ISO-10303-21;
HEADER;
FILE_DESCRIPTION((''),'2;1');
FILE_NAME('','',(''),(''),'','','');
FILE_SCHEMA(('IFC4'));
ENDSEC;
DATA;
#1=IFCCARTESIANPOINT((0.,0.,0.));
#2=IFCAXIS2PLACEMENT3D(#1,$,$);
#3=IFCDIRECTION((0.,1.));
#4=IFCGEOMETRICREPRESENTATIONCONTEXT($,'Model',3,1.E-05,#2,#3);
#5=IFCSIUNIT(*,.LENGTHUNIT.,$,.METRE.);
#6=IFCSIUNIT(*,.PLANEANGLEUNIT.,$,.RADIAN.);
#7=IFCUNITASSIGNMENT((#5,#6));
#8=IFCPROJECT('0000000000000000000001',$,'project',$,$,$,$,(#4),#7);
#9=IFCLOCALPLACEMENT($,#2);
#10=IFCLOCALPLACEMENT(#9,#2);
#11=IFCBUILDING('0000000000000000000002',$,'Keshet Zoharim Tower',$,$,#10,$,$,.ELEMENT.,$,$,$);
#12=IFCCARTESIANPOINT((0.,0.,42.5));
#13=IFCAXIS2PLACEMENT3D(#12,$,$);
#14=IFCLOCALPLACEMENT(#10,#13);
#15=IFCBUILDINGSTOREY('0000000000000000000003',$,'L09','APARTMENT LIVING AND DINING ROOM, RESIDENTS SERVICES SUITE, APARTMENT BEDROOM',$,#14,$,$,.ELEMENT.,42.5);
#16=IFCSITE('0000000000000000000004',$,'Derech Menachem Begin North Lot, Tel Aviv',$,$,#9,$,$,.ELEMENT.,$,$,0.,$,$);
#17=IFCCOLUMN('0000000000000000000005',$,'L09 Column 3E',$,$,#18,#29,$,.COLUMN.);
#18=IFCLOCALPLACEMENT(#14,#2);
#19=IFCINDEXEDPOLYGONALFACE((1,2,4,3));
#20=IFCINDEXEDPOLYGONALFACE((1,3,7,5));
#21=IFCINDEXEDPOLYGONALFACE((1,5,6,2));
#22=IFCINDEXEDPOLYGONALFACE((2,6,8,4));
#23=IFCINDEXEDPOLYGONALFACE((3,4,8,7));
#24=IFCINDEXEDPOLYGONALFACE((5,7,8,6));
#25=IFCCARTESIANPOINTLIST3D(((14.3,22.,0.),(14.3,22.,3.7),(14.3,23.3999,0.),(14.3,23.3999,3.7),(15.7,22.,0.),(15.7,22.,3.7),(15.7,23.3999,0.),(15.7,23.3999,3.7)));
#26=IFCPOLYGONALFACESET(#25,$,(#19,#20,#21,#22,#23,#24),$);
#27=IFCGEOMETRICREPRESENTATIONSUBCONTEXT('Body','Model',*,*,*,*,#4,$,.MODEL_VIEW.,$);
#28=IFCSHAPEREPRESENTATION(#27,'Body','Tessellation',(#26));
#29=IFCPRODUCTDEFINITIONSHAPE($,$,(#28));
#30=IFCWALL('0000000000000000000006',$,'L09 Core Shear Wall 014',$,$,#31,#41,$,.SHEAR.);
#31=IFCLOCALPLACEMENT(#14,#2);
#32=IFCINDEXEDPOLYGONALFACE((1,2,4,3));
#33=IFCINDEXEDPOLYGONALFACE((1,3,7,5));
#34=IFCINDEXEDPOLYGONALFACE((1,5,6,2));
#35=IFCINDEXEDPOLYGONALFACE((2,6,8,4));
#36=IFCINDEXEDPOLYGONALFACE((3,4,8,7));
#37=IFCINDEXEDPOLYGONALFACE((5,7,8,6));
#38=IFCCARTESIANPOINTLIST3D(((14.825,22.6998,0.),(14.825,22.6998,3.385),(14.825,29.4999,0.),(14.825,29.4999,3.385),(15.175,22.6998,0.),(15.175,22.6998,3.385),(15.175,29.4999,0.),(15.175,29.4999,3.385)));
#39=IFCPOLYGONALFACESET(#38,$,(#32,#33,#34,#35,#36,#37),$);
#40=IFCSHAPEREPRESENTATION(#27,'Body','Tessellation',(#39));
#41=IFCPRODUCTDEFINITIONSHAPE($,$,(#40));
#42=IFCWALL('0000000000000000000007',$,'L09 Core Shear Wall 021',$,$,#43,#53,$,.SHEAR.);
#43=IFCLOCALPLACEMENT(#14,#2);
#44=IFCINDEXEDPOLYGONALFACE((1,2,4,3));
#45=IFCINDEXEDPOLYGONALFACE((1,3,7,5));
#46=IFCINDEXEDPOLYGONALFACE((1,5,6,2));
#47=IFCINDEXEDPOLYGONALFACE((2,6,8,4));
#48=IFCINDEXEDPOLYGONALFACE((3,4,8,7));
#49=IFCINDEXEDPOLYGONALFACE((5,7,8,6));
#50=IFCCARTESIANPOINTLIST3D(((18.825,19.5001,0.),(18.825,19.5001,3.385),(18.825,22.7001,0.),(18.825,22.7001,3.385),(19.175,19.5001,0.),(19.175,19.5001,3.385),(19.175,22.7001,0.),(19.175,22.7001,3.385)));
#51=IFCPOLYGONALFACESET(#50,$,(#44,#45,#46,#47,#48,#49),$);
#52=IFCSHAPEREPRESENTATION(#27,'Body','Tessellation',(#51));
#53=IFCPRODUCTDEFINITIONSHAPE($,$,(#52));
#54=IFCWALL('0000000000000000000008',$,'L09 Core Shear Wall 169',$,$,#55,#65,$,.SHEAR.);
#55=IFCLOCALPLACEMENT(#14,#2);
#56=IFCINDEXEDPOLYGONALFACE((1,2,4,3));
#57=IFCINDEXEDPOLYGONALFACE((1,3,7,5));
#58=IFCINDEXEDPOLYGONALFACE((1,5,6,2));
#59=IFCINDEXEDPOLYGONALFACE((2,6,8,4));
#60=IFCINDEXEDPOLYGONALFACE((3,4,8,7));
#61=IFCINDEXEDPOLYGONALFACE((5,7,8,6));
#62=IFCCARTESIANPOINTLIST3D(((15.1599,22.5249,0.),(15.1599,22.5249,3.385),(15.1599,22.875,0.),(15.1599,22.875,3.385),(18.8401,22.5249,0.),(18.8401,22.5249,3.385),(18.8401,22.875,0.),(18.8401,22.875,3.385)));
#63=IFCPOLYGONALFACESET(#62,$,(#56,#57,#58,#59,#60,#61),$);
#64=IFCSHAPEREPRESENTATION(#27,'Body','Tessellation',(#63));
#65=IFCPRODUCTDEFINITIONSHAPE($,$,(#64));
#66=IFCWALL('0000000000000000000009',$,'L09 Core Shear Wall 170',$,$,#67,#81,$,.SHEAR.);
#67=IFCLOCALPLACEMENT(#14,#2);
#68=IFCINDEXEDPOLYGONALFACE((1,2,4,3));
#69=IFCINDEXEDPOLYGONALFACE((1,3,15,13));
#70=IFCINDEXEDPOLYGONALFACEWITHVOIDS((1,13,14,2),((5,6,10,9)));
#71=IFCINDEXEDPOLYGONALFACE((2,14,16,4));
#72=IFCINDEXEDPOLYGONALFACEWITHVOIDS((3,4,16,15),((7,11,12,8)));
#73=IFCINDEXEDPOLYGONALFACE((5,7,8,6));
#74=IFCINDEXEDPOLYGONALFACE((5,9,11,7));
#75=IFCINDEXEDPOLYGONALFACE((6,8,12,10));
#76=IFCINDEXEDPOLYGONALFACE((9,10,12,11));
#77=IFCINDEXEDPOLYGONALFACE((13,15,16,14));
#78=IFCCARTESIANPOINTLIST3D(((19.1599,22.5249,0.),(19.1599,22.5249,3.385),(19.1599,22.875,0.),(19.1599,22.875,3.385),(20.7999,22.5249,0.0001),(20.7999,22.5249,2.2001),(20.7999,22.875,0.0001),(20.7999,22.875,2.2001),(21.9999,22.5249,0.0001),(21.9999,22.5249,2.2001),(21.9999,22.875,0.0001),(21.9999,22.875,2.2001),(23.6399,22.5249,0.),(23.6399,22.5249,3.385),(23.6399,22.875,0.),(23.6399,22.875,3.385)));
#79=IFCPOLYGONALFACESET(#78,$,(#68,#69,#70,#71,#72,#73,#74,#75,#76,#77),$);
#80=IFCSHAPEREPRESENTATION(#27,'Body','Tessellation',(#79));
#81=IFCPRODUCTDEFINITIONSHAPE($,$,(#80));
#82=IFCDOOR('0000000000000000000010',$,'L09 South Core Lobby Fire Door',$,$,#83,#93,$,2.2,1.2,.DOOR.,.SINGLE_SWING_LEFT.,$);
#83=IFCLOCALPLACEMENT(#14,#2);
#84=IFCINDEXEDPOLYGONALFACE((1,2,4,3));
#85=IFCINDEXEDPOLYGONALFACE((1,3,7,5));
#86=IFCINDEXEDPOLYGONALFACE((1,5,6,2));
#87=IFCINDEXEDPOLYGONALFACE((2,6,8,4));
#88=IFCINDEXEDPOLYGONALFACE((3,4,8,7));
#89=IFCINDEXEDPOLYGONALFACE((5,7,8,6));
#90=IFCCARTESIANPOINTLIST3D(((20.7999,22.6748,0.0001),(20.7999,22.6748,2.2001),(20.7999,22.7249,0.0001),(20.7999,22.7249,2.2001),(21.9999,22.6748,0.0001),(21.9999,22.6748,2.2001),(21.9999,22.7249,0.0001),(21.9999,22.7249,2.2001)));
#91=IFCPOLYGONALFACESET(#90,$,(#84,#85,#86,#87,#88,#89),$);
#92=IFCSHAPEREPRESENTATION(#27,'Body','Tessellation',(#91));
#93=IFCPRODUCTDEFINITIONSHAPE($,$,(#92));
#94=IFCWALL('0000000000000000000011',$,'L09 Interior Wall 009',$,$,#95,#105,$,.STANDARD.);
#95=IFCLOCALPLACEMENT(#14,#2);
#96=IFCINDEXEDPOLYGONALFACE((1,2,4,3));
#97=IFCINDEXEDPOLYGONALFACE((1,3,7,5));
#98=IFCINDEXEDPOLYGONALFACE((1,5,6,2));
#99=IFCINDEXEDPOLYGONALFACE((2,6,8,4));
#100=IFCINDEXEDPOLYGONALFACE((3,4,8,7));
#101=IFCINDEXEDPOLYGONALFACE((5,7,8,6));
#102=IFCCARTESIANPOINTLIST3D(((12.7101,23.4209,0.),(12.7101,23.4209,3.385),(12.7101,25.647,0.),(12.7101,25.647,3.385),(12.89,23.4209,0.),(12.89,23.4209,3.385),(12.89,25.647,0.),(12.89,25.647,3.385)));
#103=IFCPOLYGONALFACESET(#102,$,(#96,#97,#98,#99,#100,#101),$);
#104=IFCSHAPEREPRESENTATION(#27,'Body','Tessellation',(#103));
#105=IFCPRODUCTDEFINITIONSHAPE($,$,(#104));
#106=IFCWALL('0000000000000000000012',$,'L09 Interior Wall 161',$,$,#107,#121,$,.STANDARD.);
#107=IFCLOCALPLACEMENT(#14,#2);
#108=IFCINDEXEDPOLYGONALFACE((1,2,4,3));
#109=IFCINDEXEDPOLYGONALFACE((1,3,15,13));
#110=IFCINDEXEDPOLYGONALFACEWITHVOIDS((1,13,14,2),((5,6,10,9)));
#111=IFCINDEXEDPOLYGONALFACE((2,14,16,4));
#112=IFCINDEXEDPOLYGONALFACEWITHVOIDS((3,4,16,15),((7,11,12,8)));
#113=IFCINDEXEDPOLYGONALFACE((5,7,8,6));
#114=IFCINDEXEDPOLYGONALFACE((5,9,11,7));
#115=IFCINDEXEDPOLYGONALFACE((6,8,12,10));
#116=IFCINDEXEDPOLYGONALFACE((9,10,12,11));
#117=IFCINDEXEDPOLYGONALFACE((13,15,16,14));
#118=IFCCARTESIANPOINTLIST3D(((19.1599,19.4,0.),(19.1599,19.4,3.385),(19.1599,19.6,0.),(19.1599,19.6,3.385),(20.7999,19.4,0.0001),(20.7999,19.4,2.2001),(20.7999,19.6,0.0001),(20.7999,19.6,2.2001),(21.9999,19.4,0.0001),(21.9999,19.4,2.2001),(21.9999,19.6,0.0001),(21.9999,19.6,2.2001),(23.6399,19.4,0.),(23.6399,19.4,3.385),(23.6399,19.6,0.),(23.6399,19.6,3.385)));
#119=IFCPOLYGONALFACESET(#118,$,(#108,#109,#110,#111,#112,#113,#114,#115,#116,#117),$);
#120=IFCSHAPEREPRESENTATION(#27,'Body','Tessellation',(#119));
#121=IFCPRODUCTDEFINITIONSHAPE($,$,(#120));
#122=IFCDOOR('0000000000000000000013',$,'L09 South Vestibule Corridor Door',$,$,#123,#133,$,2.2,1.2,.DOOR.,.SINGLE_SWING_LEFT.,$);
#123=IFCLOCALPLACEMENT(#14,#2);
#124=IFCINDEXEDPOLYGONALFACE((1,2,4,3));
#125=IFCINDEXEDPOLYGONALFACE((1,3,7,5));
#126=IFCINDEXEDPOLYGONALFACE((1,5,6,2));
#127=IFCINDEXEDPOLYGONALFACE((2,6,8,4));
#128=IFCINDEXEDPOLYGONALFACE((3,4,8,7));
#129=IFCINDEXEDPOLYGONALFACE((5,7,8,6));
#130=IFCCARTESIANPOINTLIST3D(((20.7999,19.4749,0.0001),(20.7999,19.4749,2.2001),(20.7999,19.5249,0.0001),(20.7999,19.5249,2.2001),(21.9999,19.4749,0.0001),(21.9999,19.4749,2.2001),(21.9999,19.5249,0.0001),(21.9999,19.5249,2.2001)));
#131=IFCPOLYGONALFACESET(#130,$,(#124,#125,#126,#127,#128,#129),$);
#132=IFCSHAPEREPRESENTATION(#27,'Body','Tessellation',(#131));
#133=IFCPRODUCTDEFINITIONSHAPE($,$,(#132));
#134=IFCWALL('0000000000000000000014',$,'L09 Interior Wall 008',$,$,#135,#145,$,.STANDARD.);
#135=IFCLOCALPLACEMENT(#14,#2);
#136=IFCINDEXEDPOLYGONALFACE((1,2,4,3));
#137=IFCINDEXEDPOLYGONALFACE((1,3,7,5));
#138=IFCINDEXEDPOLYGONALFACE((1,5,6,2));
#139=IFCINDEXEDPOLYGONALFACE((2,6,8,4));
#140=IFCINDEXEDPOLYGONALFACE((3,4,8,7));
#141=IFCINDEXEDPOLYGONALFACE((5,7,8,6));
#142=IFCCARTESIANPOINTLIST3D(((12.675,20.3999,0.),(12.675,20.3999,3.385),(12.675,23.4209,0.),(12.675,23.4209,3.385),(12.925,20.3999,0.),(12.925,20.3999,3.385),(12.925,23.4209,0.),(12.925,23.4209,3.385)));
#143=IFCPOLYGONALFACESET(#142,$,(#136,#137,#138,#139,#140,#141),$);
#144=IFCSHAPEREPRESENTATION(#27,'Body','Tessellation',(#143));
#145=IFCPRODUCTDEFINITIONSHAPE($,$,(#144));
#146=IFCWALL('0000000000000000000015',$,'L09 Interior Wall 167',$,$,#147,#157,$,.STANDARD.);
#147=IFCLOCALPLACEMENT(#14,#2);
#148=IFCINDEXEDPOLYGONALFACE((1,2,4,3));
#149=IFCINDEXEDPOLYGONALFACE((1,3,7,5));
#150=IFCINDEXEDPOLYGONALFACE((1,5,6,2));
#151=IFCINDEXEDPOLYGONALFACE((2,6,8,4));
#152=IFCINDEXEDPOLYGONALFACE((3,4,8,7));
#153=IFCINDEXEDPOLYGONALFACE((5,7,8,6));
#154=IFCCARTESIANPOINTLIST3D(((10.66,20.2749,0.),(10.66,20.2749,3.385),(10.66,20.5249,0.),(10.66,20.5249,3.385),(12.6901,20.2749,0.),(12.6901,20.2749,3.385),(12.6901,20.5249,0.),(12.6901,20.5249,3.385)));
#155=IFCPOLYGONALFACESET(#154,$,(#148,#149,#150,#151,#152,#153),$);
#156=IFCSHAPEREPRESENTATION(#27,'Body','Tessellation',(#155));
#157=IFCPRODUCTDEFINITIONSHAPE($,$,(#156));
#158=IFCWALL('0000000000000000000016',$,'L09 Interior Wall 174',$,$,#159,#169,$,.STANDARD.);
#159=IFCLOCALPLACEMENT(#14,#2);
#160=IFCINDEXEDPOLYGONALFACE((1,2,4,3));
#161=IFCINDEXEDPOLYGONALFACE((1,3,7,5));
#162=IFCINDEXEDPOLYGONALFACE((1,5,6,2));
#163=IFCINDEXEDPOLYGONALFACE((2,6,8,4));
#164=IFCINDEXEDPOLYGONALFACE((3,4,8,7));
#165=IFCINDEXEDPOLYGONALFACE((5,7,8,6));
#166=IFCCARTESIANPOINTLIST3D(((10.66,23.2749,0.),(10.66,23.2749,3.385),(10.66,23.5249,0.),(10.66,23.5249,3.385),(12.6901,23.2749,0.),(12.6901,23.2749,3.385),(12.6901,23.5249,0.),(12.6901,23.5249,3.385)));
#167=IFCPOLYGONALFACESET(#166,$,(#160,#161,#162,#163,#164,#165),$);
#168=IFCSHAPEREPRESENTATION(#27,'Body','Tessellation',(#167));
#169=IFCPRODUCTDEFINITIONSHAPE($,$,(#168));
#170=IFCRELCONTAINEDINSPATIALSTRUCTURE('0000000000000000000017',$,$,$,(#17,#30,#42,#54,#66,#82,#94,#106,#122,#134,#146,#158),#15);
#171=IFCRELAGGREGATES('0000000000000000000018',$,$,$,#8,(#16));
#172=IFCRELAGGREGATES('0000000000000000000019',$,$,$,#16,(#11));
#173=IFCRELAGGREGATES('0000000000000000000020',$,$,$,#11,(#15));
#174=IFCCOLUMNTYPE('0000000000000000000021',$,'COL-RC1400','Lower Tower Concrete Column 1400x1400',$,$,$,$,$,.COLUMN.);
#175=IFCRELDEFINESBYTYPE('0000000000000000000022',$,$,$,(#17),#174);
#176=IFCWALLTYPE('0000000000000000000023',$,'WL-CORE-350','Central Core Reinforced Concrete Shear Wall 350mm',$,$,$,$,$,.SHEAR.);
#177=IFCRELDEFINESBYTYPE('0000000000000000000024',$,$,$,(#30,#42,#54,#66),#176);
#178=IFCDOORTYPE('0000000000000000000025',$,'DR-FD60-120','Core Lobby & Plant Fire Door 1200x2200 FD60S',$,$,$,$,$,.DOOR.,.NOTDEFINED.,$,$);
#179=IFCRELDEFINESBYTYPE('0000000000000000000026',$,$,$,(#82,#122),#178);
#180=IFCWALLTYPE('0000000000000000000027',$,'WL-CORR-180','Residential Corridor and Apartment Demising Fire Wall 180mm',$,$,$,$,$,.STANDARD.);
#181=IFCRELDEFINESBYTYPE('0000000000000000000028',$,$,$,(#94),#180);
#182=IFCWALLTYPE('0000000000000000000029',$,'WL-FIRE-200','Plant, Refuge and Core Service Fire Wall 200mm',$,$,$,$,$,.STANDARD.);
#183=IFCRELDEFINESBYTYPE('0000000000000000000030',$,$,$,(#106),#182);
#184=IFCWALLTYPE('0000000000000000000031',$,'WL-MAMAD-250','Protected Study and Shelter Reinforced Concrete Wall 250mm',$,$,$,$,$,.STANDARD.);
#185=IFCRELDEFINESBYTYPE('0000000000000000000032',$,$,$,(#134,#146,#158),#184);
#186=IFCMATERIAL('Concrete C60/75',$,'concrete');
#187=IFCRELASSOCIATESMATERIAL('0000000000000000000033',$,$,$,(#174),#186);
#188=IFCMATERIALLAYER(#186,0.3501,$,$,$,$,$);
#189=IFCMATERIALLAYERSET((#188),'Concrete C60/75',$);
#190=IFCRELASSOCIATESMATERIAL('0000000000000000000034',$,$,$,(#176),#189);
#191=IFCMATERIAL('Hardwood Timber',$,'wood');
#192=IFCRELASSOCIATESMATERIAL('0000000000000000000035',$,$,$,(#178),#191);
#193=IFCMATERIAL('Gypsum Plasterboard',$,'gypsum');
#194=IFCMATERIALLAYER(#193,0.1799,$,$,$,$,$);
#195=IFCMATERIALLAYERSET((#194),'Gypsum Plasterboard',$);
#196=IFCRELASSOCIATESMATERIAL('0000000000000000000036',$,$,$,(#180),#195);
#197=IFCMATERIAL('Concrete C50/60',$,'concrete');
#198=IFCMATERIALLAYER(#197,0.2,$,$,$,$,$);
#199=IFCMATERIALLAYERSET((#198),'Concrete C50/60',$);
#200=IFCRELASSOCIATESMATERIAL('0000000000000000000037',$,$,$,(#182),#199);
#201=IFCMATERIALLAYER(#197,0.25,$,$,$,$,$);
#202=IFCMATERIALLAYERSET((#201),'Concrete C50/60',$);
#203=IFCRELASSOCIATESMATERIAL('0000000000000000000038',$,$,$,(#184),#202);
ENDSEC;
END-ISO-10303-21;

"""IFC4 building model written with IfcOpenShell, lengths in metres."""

from ifc_helpers import new_model, si_unit, direction, frame, frame_2d, origin, origin_2d, place, context, subcontext, project, spatial, rectangle, extrude, material, layer, layer_set, material_profile, profile_set, type_object, element, fill, save


model = new_model("IFC4")

# Units and contexts
model_context = context("Model", 3, precision=1e-05, world=origin(), true_north=direction((0.0, 1.0)))
body_context = subcontext(model_context, "Body", "Model", "MODEL_VIEW")
ifc_project = project(units=[si_unit("LENGTHUNIT", "METRE"), si_unit("PLANEANGLEUNIT", "RADIAN")], contexts=[model_context])

# Site, building, storey
site_placement = place(None, origin())
site = spatial("IfcSite", under=ifc_project, at=site_placement, Name="Derech Menachem Begin North Lot, Tel Aviv", CompositionType="ELEMENT", RefElevation=0.0)
building_placement = place(site_placement, origin())
building = spatial("IfcBuilding", under=site, at=building_placement, Name="Keshet Zoharim Tower", CompositionType="ELEMENT")
storey_placement = place(building_placement, frame((0.0, 0.0, 42.5)))
storey = spatial("IfcBuildingStorey", under=building, at=storey_placement, Name="L09", Description="APARTMENT LIVING AND DINING ROOM, RESIDENTS SERVICES SUITE, APARTMENT BEDROOM", CompositionType="ELEMENT", Elevation=42.5)

# Column
ifc_material_1 = material(Name="Concrete C60/75", Category="concrete")
ifc_material_profile = material_profile(ifc_material_1, rectangle(XDim=1.3999, YDim=1.3999, at=origin_2d()), Name="RC1400x1400")
ifc_profile_set = profile_set([ifc_material_profile], Name="Concrete C60/75")
column_type = type_object("IfcColumnType", Name="COL-RC1400", Description="Lower Tower Concrete Column 1400x1400", PredefinedType="COLUMN", material=ifc_profile_set)
column_placement = place(storey_placement, frame((15.0, 22.7, 0.0), z_axis=(0.0, 0.0, 1.0), x_axis=(1.0, 0.0, 0.0)))
element("IfcColumn", 1, at=column_placement, inside=storey, type_object=column_type, Name="L09 Column 3E", PredefinedType="COLUMN", context=body_context, shape_type="SweptSolid", body=[
    extrude(rectangle(XDim=1.3999, YDim=1.3999, at=origin_2d()), origin(), (0.0, 0.0, 1.0), 3.7),
])

# Walls
ifc_layer_1 = layer(ifc_material_1, 0.3501)
ifc_layer_set_1 = layer_set([ifc_layer_1], Name="Concrete C60/75")
wall_type_1 = type_object("IfcWallType", Name="WL-CORE-350", Description="Central Core Reinforced Concrete Shear Wall 350mm", PredefinedType="SHEAR", material=ifc_layer_set_1)
wall_1_placement = place(storey_placement, frame((15.0, 22.7, 0.0), z_axis=(0.0, 0.0, 1.0), x_axis=(0.0, 1.0, 0.0)))
element("IfcWall", 2, at=wall_1_placement, inside=storey, type_object=wall_type_1, Name="L09 Core Shear Wall 014", PredefinedType="SHEAR", context=body_context, shape_type="SweptSolid", body=[
    extrude(rectangle(XDim=6.8, YDim=0.3501, at=frame_2d((3.3999, 0.0))), origin(), (0.0, 0.0, 1.0), 3.385),
])
wall_2_placement = place(storey_placement, frame((19.0, 19.5, 0.0), z_axis=(0.0, 0.0, 1.0), x_axis=(0.0, 1.0, 0.0)))
element("IfcWall", 3, at=wall_2_placement, inside=storey, type_object=wall_type_1, Name="L09 Core Shear Wall 021", PredefinedType="SHEAR", context=body_context, shape_type="SweptSolid", body=[
    extrude(rectangle(XDim=3.2, YDim=0.3501, at=frame_2d((1.6001, 0.0))), origin(), (0.0, 0.0, 1.0), 3.385),
])

# Shared definitions
ifc_material_2 = material(Name="Hardwood Timber", Category="wood")

# Wall
wall_3_placement = place(storey_placement, frame((15.1599, 22.7, 0.0), z_axis=(0.0, 0.0, 1.0), x_axis=(1.0, 0.0, 0.0)))
element("IfcWall", 4, at=wall_3_placement, inside=storey, type_object=wall_type_1, Name="L09 Core Shear Wall 169", PredefinedType="SHEAR", context=body_context, shape_type="SweptSolid", body=[
    extrude(rectangle(XDim=3.6802, YDim=0.3501, at=frame_2d((1.8401, 0.0))), origin(), (0.0, 0.0, 1.0), 3.385),
])

# Wall, opening, door
wall_4_placement = place(storey_placement, frame((19.1599, 22.7, 0.0), z_axis=(0.0, 0.0, 1.0), x_axis=(1.0, 0.0, 0.0)))
wall_4 = element("IfcWall", 5, at=wall_4_placement, inside=storey, type_object=wall_type_1, Name="L09 Core Shear Wall 170", PredefinedType="SHEAR", context=body_context, shape_type="SweptSolid", body=[
    extrude(rectangle(XDim=4.48, YDim=0.3501, at=frame_2d((2.24, 0.0))), origin(), (0.0, 0.0, 1.0), 3.385),
])
opening_1_placement = place(wall_4_placement, frame((1.6399, 0.0, 0.0)))
opening_1 = element("IfcOpeningElement", 6, at=opening_1_placement, cuts=wall_4, PredefinedType="OPENING", context=body_context, shape_type="SweptSolid", body=[
    extrude(rectangle(XDim=1.2, YDim=2.2, at=frame_2d((0.6001, 1.1001))), frame((0.0, 0.1851, 0.0), z_axis=(0.0, -1.0, 0.0), x_axis=(1.0, 0.0, 0.0)), (0.0, 0.0, 1.0), 0.3701),
])
door_type_1 = type_object("IfcDoorType", Name="DR-FD60-120", Description="Core Lobby & Plant Fire Door 1200x2200 FD60S", OperationType="NOTDEFINED", PredefinedType="DOOR", material=ifc_material_2)
door_1_placement = place(opening_1_placement, origin())
door_1 = element("IfcDoor", 7, at=door_1_placement, inside=storey, type_object=door_type_1, Name="L09 South Core Lobby Fire Door", OperationType="SINGLE_SWING_LEFT", OverallHeight=2.2, OverallWidth=1.2, PredefinedType="DOOR", context=body_context, shape_type="SweptSolid", body=[
    extrude(rectangle(XDim=1.2, YDim=2.2, at=frame_2d((0.6001, 1.1001))), frame((0.0, 0.0249, 0.0), z_axis=(0.0, -1.0, 0.0), x_axis=(1.0, 0.0, 0.0)), (0.0, 0.0, 1.0), 0.05),
])
fill(opening_1, door_1)

# Wall
ifc_material_3 = material(Name="Gypsum Plasterboard", Category="gypsum")
ifc_layer_2 = layer(ifc_material_3, 0.1799)
ifc_layer_set_2 = layer_set([ifc_layer_2], Name="Gypsum Plasterboard")
wall_type_2 = type_object("IfcWallType", Name="WL-CORR-180", Description="Residential Corridor and Apartment Demising Fire Wall 180mm", PredefinedType="STANDARD", material=ifc_layer_set_2)
wall_5_placement = place(storey_placement, frame((12.8, 23.4209, 0.0), z_axis=(0.0, 0.0, 1.0), x_axis=(0.0, 1.0, 0.0)))
element("IfcWall", 8, at=wall_5_placement, inside=storey, type_object=wall_type_2, Name="L09 Interior Wall 009", PredefinedType="STANDARD", context=body_context, shape_type="SweptSolid", body=[
    extrude(rectangle(XDim=2.2261, YDim=0.1799, at=frame_2d((1.113, 0.0))), origin(), (0.0, 0.0, 1.0), 3.385),
])

# Wall, opening, door
ifc_material_4 = material(Name="Concrete C50/60", Category="concrete")
ifc_layer_3 = layer(ifc_material_4, 0.2)
ifc_layer_set_3 = layer_set([ifc_layer_3], Name="Concrete C50/60")
wall_type_3 = type_object("IfcWallType", Name="WL-FIRE-200", Description="Plant, Refuge and Core Service Fire Wall 200mm", PredefinedType="STANDARD", material=ifc_layer_set_3)
wall_6_placement = place(storey_placement, frame((19.1599, 19.5, 0.0), z_axis=(0.0, 0.0, 1.0), x_axis=(1.0, 0.0, 0.0)))
wall_6 = element("IfcWall", 9, at=wall_6_placement, inside=storey, type_object=wall_type_3, Name="L09 Interior Wall 161", PredefinedType="STANDARD", context=body_context, shape_type="SweptSolid", body=[
    extrude(rectangle(XDim=4.48, YDim=0.2, at=frame_2d((2.24, 0.0))), origin(), (0.0, 0.0, 1.0), 3.385),
])
opening_2_placement = place(wall_6_placement, frame((1.6399, 0.0, 0.0)))
opening_2 = element("IfcOpeningElement", 10, at=opening_2_placement, cuts=wall_6, PredefinedType="OPENING", context=body_context, shape_type="SweptSolid", body=[
    extrude(rectangle(XDim=1.2, YDim=2.2, at=frame_2d((0.6001, 1.1001))), frame((0.0, 0.1099, 0.0), z_axis=(0.0, -1.0, 0.0), x_axis=(1.0, 0.0, 0.0)), (0.0, 0.0, 1.0), 0.22),
])
door_2_placement = place(opening_2_placement, origin())
door_2 = element("IfcDoor", 11, at=door_2_placement, inside=storey, type_object=door_type_1, Name="L09 South Vestibule Corridor Door", OperationType="SINGLE_SWING_LEFT", OverallHeight=2.2, OverallWidth=1.2, PredefinedType="DOOR", context=body_context, shape_type="SweptSolid", body=[
    extrude(rectangle(XDim=1.2, YDim=2.2, at=frame_2d((0.6001, 1.1001))), frame((0.0, 0.0249, 0.0), z_axis=(0.0, -1.0, 0.0), x_axis=(1.0, 0.0, 0.0)), (0.0, 0.0, 1.0), 0.05),
])
fill(opening_2, door_2)
ifc_layer_4 = layer(ifc_material_4, 0.25)
ifc_layer_set_4 = layer_set([ifc_layer_4], Name="Concrete C50/60")
wall_type_4 = type_object("IfcWallType", Name="WL-MAMAD-250", Description="Protected Study and Shelter Reinforced Concrete Wall 250mm", PredefinedType="STANDARD", material=ifc_layer_set_4)

# Walls
wall_7_placement = place(storey_placement, frame((12.8, 20.3999, 0.0), z_axis=(0.0, 0.0, 1.0), x_axis=(0.0, 1.0, 0.0)))
element("IfcWall", 12, at=wall_7_placement, inside=storey, type_object=wall_type_4, Name="L09 Interior Wall 008", PredefinedType="STANDARD", context=body_context, shape_type="SweptSolid", body=[
    extrude(rectangle(XDim=3.021, YDim=0.25, at=frame_2d((1.5105, 0.0))), origin(), (0.0, 0.0, 1.0), 3.385),
])
for number, where, z_axis, x_axis, name in (
    (13, (10.6599, 20.3999, 0.0), (0.0, 0.0, 1.0), (1.0, 0.0, 0.0), "L09 Interior Wall 167"),
    (14, (10.6599, 23.3999, 0.0), (0.0, 0.0, 1.0), (1.0, 0.0, 0.0), "L09 Interior Wall 174"),
):
    element("IfcWall", number, at=place(storey_placement, frame(where, z_axis=z_axis, x_axis=x_axis)), inside=storey, type_object=wall_type_4, Name=name, PredefinedType="STANDARD", context=body_context, shape_type="SweptSolid", body=[
        extrude(rectangle(XDim=2.03, YDim=0.25, at=frame_2d((1.0151, 0.0))), origin(), (0.0, 0.0, 1.0), 3.385),
    ])

save(model, "model.ifc")
